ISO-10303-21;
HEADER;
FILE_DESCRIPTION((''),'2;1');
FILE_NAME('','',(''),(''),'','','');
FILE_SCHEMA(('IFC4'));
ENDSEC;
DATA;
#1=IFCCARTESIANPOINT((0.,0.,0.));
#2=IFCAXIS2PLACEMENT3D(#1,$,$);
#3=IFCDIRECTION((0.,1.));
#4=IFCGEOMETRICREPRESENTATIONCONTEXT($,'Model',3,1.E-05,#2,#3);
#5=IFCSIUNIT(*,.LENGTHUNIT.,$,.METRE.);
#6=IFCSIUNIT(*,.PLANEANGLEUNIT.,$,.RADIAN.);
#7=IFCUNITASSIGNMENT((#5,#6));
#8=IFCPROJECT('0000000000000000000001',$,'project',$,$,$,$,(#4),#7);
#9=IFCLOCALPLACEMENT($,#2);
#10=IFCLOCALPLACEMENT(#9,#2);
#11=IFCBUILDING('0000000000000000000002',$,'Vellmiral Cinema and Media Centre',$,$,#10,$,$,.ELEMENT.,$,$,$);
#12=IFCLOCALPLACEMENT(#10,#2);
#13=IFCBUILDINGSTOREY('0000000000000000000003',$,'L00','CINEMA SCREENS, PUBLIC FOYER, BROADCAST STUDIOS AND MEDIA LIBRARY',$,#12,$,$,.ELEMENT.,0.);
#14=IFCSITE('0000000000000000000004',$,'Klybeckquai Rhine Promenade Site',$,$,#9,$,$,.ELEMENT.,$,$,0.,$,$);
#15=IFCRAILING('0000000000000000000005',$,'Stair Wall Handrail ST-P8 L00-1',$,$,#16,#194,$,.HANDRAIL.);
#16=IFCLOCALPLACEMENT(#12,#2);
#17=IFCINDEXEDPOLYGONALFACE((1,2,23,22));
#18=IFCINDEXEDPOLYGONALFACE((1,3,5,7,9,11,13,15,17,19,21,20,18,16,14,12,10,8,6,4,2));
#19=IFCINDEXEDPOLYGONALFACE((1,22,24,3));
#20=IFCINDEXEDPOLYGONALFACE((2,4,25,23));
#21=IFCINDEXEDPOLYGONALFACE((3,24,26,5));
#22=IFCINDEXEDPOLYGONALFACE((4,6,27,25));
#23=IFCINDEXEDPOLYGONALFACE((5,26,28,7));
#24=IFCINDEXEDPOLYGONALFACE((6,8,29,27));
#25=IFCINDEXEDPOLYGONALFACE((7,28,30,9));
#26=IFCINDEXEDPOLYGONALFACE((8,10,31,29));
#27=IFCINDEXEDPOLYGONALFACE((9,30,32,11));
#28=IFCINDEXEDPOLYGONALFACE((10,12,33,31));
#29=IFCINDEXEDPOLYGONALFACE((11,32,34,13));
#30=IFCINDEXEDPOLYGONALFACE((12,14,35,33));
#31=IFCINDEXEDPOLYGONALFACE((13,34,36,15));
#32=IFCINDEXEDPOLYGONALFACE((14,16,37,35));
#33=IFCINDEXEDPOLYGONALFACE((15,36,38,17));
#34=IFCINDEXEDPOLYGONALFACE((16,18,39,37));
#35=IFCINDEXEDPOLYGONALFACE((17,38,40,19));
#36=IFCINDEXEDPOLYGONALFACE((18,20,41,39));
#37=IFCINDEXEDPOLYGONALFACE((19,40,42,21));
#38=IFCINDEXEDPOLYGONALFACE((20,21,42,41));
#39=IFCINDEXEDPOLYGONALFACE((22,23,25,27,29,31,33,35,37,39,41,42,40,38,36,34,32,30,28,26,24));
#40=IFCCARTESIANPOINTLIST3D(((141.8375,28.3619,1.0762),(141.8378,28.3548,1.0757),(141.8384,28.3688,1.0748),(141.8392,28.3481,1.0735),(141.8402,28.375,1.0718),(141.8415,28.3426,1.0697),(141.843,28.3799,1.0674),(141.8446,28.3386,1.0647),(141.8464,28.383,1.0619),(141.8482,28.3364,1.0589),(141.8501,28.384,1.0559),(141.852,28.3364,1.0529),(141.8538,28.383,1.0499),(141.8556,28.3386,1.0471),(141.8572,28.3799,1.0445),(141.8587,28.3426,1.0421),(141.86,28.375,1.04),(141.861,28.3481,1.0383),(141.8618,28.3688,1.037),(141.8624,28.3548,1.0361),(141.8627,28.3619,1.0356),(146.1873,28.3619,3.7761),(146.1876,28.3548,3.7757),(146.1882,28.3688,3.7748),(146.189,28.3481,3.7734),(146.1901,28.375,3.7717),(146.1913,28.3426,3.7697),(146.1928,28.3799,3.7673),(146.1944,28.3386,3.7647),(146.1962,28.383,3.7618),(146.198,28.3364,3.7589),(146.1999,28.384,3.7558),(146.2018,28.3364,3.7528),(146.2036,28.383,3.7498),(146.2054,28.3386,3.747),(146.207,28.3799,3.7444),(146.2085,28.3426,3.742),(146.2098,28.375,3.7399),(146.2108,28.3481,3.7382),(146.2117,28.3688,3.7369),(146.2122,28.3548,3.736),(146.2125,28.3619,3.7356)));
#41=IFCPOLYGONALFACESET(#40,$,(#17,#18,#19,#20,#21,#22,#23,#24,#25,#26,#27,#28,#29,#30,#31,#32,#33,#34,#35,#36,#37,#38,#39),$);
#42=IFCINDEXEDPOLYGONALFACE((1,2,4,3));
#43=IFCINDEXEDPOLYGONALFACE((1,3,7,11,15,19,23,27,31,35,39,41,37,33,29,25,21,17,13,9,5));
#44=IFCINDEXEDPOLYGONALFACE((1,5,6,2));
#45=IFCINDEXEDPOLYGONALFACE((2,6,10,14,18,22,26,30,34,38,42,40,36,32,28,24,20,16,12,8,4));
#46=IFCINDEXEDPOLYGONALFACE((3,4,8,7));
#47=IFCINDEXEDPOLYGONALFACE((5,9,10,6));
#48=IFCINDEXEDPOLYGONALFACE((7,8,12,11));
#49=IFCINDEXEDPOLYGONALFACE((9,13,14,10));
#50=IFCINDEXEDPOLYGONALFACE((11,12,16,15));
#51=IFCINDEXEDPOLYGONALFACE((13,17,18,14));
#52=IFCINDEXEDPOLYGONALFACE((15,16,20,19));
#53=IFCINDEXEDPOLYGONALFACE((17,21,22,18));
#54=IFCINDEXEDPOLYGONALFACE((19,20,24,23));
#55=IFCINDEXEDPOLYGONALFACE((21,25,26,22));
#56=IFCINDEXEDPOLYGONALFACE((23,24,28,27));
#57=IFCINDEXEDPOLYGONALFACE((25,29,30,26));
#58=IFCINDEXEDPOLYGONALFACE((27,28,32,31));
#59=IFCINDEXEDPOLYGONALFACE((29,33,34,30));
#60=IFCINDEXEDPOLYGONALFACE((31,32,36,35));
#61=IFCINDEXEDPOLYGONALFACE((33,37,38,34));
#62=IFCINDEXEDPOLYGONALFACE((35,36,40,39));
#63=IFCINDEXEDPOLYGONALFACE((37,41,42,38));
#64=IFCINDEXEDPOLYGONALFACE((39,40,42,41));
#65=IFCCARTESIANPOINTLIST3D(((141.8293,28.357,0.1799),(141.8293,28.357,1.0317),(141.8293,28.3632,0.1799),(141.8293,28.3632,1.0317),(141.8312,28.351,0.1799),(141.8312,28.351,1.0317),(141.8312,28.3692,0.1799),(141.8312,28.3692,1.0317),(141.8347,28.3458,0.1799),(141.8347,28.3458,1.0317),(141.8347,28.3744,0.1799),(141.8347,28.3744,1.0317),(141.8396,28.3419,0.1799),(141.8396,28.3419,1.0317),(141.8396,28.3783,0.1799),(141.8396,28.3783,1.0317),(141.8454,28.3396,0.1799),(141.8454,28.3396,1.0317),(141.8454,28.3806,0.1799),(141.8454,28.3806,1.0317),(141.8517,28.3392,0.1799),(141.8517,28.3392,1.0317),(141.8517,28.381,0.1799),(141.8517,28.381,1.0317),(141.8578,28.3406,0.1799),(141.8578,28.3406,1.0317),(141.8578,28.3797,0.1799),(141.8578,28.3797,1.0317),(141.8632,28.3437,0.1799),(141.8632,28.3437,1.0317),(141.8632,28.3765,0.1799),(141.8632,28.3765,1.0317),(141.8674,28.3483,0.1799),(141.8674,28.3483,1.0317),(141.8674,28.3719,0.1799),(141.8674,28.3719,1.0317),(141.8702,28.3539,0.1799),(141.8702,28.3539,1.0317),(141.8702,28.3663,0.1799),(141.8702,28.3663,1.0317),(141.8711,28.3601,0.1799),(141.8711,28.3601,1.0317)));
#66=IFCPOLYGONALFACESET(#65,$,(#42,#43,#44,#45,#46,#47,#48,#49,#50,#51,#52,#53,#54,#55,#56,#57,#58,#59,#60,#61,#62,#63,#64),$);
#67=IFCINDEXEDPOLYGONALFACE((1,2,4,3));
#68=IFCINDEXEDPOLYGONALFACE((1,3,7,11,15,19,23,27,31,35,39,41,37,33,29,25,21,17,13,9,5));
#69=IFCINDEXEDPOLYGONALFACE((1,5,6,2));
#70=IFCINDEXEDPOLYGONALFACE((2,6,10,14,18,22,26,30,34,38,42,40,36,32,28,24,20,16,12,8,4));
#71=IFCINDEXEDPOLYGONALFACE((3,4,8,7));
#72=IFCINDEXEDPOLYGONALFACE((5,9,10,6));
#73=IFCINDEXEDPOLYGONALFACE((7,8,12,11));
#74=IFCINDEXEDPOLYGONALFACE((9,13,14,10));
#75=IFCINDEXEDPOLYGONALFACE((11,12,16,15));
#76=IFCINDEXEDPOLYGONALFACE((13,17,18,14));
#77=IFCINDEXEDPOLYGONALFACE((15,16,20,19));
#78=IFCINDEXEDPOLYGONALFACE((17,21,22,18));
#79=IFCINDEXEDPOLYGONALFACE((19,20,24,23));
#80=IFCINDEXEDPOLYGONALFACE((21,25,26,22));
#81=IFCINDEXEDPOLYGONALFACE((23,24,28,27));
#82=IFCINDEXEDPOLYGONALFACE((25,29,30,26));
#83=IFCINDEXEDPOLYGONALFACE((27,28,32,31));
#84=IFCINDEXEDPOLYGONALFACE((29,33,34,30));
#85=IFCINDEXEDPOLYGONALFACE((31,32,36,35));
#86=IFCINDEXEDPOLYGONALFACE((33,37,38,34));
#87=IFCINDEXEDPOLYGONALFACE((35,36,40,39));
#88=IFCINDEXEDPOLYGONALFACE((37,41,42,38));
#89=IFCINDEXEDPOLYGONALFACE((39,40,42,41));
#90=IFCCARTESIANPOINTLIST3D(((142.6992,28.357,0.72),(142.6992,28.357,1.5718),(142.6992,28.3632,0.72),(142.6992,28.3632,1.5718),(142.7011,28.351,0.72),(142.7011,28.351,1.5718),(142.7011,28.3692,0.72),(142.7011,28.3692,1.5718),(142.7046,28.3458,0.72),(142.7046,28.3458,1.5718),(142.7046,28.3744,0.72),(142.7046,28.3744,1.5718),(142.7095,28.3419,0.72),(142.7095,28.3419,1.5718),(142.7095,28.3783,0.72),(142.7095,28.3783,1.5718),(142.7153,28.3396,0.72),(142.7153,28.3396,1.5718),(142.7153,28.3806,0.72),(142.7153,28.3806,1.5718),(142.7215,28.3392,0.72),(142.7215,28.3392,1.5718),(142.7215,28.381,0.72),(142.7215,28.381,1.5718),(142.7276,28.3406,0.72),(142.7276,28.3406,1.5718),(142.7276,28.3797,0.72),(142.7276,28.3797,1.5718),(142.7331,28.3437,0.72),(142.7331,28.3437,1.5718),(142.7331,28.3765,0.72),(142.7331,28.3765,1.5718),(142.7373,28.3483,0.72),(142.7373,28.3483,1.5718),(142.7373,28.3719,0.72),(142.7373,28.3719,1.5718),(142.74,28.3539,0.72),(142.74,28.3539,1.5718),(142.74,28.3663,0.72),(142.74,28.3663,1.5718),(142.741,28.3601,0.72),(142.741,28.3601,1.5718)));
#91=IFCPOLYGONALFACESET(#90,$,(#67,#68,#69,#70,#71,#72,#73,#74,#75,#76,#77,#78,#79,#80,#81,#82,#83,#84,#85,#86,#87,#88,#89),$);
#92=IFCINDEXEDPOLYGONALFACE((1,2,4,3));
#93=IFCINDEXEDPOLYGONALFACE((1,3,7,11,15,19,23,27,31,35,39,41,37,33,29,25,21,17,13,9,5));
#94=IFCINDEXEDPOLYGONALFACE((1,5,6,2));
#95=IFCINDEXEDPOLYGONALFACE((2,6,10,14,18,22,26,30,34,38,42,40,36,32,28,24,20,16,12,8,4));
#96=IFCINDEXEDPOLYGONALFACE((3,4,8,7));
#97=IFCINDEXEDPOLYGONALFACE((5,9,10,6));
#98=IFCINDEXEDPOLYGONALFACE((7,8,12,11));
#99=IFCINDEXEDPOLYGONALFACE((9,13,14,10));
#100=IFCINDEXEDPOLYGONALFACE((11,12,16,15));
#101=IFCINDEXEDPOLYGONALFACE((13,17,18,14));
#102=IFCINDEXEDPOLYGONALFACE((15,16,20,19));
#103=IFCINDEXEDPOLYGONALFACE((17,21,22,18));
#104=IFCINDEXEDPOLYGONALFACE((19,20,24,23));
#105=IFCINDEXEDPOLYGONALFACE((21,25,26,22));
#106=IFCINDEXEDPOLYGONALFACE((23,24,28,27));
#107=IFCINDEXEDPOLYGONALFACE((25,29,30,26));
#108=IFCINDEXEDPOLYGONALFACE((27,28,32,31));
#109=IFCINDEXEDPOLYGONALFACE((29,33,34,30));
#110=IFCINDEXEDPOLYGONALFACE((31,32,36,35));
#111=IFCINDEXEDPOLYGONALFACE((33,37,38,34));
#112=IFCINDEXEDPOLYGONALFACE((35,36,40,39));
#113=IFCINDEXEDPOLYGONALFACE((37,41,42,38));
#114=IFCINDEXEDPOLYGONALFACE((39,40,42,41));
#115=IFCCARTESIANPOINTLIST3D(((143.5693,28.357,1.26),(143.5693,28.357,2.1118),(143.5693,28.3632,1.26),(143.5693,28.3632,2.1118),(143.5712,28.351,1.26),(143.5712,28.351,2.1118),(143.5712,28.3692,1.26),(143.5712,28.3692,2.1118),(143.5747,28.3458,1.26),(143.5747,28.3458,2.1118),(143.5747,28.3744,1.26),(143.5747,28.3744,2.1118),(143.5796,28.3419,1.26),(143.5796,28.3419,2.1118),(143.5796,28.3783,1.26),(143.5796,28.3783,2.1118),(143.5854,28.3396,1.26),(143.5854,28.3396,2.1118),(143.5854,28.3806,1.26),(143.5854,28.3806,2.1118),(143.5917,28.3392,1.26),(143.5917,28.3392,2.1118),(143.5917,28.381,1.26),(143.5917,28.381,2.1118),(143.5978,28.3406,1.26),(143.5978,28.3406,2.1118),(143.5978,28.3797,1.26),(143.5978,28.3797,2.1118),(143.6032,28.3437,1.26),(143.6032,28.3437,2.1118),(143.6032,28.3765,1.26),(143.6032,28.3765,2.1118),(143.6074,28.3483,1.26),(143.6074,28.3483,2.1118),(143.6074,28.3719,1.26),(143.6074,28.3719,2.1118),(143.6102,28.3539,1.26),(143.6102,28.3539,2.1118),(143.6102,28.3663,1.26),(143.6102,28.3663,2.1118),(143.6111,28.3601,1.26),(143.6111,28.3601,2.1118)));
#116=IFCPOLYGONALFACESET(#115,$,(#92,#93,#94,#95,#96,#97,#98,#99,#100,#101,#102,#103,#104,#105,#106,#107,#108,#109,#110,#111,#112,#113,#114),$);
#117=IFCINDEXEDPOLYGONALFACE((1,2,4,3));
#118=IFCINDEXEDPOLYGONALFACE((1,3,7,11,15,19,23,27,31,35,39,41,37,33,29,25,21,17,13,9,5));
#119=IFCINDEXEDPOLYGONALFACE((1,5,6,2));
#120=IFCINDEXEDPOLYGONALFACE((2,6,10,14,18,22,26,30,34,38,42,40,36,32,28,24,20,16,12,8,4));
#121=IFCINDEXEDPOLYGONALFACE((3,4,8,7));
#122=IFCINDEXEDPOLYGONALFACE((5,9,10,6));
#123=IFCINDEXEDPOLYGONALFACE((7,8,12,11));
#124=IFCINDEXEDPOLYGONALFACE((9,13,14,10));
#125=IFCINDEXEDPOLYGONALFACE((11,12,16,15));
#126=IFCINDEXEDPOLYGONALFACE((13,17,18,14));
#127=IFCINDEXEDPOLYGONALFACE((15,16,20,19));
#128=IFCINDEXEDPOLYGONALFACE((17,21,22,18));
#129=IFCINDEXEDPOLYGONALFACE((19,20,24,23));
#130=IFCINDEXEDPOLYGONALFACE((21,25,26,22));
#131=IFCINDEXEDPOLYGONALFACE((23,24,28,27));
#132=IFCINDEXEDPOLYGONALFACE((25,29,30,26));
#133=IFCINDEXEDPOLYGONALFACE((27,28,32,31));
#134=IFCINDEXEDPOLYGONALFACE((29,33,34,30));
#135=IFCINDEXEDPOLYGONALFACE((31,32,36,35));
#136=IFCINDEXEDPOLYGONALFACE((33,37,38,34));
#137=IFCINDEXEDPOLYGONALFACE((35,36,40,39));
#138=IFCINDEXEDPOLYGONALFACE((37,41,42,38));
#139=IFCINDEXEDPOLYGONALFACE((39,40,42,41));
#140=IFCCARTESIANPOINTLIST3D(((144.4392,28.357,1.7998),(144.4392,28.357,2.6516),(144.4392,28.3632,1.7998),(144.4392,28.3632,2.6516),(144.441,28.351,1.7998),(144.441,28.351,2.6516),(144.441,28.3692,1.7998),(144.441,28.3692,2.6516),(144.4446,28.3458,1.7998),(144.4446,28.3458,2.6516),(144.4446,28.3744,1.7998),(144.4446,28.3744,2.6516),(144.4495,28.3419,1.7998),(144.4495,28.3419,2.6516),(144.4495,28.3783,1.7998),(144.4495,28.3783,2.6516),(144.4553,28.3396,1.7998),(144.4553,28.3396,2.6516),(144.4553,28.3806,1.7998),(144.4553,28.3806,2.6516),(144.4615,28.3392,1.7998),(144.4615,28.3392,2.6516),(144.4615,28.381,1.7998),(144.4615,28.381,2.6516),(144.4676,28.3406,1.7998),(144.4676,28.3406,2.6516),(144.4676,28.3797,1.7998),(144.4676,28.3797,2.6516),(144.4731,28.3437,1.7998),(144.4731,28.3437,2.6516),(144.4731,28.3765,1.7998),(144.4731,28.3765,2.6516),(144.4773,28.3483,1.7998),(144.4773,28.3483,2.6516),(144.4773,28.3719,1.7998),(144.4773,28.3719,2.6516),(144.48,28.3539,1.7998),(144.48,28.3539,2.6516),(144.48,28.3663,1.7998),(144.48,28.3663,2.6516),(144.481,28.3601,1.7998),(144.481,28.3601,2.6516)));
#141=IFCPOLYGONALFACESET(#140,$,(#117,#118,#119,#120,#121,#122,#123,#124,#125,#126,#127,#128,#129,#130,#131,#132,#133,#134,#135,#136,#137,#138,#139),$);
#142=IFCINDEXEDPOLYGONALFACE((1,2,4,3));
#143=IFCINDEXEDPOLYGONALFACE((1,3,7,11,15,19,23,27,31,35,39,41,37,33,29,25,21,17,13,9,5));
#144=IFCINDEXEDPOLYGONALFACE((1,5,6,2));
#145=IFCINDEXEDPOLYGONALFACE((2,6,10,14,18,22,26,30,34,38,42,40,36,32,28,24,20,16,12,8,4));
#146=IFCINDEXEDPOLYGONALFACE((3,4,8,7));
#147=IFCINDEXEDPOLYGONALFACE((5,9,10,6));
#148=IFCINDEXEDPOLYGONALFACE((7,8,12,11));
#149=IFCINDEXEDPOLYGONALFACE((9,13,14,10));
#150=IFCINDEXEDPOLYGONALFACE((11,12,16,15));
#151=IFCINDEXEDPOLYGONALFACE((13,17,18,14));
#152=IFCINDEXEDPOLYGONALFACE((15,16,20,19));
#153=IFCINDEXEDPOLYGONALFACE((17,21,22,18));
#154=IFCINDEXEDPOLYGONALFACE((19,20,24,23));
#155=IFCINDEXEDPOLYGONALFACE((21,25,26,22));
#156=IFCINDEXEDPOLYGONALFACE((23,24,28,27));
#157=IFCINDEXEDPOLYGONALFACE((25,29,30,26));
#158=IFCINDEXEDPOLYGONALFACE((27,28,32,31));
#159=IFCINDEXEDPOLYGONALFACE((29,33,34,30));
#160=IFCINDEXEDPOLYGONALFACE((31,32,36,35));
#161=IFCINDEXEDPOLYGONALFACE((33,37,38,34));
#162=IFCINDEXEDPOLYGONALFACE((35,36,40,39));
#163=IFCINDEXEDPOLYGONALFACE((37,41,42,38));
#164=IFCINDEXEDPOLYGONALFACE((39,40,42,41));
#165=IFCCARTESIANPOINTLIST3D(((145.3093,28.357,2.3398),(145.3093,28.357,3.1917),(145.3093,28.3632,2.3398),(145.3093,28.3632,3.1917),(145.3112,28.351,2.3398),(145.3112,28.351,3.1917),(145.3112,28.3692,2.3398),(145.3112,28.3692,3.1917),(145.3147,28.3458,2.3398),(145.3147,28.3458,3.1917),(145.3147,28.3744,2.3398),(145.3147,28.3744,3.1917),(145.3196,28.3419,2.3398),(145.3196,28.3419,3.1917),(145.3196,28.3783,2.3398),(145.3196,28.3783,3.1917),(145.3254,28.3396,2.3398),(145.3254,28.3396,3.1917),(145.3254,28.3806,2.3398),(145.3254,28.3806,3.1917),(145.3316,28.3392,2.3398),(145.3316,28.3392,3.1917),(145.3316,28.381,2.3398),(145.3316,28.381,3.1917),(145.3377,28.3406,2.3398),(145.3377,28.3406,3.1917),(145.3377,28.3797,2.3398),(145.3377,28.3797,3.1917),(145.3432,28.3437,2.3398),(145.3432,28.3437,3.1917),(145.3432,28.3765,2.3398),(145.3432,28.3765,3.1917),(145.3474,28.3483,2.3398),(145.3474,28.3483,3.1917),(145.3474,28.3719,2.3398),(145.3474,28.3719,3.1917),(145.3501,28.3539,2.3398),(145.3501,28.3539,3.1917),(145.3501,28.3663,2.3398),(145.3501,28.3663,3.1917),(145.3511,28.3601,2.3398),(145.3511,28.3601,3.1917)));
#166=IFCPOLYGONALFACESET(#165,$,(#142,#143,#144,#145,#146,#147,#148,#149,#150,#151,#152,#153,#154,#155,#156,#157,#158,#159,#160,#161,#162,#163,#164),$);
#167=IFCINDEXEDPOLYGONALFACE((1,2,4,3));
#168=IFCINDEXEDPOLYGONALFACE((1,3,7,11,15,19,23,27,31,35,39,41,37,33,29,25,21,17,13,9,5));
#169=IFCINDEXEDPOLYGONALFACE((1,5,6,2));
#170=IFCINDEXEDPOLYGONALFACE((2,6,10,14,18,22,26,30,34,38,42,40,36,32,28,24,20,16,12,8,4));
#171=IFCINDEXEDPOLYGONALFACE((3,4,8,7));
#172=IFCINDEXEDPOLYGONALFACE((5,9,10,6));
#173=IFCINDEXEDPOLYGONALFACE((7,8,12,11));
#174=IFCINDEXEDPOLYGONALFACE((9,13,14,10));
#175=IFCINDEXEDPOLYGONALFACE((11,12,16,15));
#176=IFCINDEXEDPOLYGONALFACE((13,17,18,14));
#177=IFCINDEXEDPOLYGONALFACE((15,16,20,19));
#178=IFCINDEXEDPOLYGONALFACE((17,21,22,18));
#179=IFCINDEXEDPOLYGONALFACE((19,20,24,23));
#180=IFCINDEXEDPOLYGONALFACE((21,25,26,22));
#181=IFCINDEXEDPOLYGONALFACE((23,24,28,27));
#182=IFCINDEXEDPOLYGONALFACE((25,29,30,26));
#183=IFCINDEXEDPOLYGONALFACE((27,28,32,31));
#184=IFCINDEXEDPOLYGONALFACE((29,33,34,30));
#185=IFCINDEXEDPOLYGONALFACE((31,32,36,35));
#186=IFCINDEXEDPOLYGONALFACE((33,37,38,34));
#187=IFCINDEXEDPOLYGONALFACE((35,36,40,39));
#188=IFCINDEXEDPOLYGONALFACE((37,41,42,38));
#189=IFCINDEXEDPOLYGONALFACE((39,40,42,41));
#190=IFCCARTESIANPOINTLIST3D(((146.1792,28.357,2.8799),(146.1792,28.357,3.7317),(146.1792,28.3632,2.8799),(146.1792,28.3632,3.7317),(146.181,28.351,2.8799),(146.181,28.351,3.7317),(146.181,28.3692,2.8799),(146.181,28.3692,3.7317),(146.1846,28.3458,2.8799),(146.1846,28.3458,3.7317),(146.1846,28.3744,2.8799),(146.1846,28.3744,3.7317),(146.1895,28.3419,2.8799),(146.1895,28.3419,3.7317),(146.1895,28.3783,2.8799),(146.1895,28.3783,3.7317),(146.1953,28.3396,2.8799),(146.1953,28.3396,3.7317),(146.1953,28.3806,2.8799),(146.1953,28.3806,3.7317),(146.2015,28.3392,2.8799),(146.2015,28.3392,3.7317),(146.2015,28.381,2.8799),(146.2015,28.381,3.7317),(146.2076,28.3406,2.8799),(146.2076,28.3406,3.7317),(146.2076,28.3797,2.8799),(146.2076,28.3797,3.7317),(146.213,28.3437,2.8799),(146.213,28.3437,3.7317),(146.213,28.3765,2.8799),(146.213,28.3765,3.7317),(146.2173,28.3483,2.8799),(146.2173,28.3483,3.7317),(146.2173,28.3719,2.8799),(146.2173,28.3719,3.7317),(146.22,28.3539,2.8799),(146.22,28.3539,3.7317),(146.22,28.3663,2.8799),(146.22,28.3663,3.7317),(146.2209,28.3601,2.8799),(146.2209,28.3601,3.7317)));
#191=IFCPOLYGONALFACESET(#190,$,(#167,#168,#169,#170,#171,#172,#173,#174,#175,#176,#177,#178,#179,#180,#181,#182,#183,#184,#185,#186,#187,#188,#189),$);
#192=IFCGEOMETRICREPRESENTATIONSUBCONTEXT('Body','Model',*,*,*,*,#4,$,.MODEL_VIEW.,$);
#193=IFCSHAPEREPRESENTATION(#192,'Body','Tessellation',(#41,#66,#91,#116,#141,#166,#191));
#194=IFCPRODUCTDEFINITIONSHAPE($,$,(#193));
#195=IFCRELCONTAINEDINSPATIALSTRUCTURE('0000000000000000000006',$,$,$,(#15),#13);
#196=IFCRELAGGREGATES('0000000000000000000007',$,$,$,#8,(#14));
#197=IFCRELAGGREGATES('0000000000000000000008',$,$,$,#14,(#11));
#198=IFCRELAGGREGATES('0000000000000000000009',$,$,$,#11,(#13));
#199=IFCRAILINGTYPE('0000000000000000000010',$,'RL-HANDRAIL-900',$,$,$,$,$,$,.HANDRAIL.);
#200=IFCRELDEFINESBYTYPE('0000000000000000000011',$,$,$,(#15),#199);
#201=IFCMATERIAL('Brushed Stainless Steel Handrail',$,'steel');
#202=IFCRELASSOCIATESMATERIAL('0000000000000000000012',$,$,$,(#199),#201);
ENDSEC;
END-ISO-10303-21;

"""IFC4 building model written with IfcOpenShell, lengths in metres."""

from ifc_helpers import new_model, si_unit, direction, frame, origin, origin_2d, place, context, subcontext, project, spatial, circle, extrude, material, type_object, element, save


model = new_model("IFC4")

# Units and contexts
model_context = context("Model", 3, precision=1e-05, world=origin(), true_north=direction((0.0, 1.0)))
body_context = subcontext(model_context, "Body", "Model", "MODEL_VIEW")
ifc_project = project(units=[si_unit("LENGTHUNIT", "METRE"), si_unit("PLANEANGLEUNIT", "RADIAN")], contexts=[model_context])

# Site, building, storey
site_placement = place(None, origin())
site = spatial("IfcSite", under=ifc_project, at=site_placement, Name="Klybeckquai Rhine Promenade Site", CompositionType="ELEMENT", RefElevation=0.0)
building_placement = place(site_placement, origin())
building = spatial("IfcBuilding", under=site, at=building_placement, Name="Vellmiral Cinema and Media Centre", CompositionType="ELEMENT")
storey_placement = place(building_placement, origin())
storey = spatial("IfcBuildingStorey", under=building, at=storey_placement, Name="L00", Description="CINEMA SCREENS, PUBLIC FOYER, BROADCAST STUDIOS AND MEDIA LIBRARY", CompositionType="ELEMENT", Elevation=0.0)

# Railing
ifc_material_1 = material(Name="Brushed Stainless Steel Handrail", Category="steel")
railing_type_1 = type_object("IfcRailingType", Name="RL-HANDRAIL-900", PredefinedType="HANDRAIL", material=ifc_material_1)
railing_1_placement = place(storey_placement, frame((141.8501, 28.3601, 0.1799)))
element("IfcRailing", 1, at=railing_1_placement, inside=storey, type_object=railing_type_1, Name="Stair Wall Handrail ST-P8 L00-1", PredefinedType="HANDRAIL", context=body_context, shape_type="SweptSolid", body=[
    extrude(circle(Radius=0.0239, at=origin_2d()), frame((0.0, 0.0, 0.876), z_axis=(0.849636, 0.0, 0.527369), x_axis=(0.0, 1.0, 0.0)), (0.0, 0.0, 1.0), 5.1196),
    extrude(circle(Radius=0.021, at=origin_2d()), origin(), (0.0, 0.0, 1.0), 0.8518),
    extrude(circle(Radius=0.021, at=origin_2d()), frame((0.8699, 0.0, 0.54)), (0.0, 0.0, 1.0), 0.8518),
    extrude(circle(Radius=0.021, at=origin_2d()), frame((1.74, 0.0, 1.0801)), (0.0, 0.0, 1.0), 0.8518),
    extrude(circle(Radius=0.021, at=origin_2d()), frame((2.6099, 0.0, 1.6199)), (0.0, 0.0, 1.0), 0.8518),
    extrude(circle(Radius=0.021, at=origin_2d()), frame((3.48, 0.0, 2.1599)), (0.0, 0.0, 1.0), 0.8518),
    extrude(circle(Radius=0.021, at=origin_2d()), frame((4.3499, 0.0, 2.7)), (0.0, 0.0, 1.0), 0.8518),
])

save(model, "model.ifc")
